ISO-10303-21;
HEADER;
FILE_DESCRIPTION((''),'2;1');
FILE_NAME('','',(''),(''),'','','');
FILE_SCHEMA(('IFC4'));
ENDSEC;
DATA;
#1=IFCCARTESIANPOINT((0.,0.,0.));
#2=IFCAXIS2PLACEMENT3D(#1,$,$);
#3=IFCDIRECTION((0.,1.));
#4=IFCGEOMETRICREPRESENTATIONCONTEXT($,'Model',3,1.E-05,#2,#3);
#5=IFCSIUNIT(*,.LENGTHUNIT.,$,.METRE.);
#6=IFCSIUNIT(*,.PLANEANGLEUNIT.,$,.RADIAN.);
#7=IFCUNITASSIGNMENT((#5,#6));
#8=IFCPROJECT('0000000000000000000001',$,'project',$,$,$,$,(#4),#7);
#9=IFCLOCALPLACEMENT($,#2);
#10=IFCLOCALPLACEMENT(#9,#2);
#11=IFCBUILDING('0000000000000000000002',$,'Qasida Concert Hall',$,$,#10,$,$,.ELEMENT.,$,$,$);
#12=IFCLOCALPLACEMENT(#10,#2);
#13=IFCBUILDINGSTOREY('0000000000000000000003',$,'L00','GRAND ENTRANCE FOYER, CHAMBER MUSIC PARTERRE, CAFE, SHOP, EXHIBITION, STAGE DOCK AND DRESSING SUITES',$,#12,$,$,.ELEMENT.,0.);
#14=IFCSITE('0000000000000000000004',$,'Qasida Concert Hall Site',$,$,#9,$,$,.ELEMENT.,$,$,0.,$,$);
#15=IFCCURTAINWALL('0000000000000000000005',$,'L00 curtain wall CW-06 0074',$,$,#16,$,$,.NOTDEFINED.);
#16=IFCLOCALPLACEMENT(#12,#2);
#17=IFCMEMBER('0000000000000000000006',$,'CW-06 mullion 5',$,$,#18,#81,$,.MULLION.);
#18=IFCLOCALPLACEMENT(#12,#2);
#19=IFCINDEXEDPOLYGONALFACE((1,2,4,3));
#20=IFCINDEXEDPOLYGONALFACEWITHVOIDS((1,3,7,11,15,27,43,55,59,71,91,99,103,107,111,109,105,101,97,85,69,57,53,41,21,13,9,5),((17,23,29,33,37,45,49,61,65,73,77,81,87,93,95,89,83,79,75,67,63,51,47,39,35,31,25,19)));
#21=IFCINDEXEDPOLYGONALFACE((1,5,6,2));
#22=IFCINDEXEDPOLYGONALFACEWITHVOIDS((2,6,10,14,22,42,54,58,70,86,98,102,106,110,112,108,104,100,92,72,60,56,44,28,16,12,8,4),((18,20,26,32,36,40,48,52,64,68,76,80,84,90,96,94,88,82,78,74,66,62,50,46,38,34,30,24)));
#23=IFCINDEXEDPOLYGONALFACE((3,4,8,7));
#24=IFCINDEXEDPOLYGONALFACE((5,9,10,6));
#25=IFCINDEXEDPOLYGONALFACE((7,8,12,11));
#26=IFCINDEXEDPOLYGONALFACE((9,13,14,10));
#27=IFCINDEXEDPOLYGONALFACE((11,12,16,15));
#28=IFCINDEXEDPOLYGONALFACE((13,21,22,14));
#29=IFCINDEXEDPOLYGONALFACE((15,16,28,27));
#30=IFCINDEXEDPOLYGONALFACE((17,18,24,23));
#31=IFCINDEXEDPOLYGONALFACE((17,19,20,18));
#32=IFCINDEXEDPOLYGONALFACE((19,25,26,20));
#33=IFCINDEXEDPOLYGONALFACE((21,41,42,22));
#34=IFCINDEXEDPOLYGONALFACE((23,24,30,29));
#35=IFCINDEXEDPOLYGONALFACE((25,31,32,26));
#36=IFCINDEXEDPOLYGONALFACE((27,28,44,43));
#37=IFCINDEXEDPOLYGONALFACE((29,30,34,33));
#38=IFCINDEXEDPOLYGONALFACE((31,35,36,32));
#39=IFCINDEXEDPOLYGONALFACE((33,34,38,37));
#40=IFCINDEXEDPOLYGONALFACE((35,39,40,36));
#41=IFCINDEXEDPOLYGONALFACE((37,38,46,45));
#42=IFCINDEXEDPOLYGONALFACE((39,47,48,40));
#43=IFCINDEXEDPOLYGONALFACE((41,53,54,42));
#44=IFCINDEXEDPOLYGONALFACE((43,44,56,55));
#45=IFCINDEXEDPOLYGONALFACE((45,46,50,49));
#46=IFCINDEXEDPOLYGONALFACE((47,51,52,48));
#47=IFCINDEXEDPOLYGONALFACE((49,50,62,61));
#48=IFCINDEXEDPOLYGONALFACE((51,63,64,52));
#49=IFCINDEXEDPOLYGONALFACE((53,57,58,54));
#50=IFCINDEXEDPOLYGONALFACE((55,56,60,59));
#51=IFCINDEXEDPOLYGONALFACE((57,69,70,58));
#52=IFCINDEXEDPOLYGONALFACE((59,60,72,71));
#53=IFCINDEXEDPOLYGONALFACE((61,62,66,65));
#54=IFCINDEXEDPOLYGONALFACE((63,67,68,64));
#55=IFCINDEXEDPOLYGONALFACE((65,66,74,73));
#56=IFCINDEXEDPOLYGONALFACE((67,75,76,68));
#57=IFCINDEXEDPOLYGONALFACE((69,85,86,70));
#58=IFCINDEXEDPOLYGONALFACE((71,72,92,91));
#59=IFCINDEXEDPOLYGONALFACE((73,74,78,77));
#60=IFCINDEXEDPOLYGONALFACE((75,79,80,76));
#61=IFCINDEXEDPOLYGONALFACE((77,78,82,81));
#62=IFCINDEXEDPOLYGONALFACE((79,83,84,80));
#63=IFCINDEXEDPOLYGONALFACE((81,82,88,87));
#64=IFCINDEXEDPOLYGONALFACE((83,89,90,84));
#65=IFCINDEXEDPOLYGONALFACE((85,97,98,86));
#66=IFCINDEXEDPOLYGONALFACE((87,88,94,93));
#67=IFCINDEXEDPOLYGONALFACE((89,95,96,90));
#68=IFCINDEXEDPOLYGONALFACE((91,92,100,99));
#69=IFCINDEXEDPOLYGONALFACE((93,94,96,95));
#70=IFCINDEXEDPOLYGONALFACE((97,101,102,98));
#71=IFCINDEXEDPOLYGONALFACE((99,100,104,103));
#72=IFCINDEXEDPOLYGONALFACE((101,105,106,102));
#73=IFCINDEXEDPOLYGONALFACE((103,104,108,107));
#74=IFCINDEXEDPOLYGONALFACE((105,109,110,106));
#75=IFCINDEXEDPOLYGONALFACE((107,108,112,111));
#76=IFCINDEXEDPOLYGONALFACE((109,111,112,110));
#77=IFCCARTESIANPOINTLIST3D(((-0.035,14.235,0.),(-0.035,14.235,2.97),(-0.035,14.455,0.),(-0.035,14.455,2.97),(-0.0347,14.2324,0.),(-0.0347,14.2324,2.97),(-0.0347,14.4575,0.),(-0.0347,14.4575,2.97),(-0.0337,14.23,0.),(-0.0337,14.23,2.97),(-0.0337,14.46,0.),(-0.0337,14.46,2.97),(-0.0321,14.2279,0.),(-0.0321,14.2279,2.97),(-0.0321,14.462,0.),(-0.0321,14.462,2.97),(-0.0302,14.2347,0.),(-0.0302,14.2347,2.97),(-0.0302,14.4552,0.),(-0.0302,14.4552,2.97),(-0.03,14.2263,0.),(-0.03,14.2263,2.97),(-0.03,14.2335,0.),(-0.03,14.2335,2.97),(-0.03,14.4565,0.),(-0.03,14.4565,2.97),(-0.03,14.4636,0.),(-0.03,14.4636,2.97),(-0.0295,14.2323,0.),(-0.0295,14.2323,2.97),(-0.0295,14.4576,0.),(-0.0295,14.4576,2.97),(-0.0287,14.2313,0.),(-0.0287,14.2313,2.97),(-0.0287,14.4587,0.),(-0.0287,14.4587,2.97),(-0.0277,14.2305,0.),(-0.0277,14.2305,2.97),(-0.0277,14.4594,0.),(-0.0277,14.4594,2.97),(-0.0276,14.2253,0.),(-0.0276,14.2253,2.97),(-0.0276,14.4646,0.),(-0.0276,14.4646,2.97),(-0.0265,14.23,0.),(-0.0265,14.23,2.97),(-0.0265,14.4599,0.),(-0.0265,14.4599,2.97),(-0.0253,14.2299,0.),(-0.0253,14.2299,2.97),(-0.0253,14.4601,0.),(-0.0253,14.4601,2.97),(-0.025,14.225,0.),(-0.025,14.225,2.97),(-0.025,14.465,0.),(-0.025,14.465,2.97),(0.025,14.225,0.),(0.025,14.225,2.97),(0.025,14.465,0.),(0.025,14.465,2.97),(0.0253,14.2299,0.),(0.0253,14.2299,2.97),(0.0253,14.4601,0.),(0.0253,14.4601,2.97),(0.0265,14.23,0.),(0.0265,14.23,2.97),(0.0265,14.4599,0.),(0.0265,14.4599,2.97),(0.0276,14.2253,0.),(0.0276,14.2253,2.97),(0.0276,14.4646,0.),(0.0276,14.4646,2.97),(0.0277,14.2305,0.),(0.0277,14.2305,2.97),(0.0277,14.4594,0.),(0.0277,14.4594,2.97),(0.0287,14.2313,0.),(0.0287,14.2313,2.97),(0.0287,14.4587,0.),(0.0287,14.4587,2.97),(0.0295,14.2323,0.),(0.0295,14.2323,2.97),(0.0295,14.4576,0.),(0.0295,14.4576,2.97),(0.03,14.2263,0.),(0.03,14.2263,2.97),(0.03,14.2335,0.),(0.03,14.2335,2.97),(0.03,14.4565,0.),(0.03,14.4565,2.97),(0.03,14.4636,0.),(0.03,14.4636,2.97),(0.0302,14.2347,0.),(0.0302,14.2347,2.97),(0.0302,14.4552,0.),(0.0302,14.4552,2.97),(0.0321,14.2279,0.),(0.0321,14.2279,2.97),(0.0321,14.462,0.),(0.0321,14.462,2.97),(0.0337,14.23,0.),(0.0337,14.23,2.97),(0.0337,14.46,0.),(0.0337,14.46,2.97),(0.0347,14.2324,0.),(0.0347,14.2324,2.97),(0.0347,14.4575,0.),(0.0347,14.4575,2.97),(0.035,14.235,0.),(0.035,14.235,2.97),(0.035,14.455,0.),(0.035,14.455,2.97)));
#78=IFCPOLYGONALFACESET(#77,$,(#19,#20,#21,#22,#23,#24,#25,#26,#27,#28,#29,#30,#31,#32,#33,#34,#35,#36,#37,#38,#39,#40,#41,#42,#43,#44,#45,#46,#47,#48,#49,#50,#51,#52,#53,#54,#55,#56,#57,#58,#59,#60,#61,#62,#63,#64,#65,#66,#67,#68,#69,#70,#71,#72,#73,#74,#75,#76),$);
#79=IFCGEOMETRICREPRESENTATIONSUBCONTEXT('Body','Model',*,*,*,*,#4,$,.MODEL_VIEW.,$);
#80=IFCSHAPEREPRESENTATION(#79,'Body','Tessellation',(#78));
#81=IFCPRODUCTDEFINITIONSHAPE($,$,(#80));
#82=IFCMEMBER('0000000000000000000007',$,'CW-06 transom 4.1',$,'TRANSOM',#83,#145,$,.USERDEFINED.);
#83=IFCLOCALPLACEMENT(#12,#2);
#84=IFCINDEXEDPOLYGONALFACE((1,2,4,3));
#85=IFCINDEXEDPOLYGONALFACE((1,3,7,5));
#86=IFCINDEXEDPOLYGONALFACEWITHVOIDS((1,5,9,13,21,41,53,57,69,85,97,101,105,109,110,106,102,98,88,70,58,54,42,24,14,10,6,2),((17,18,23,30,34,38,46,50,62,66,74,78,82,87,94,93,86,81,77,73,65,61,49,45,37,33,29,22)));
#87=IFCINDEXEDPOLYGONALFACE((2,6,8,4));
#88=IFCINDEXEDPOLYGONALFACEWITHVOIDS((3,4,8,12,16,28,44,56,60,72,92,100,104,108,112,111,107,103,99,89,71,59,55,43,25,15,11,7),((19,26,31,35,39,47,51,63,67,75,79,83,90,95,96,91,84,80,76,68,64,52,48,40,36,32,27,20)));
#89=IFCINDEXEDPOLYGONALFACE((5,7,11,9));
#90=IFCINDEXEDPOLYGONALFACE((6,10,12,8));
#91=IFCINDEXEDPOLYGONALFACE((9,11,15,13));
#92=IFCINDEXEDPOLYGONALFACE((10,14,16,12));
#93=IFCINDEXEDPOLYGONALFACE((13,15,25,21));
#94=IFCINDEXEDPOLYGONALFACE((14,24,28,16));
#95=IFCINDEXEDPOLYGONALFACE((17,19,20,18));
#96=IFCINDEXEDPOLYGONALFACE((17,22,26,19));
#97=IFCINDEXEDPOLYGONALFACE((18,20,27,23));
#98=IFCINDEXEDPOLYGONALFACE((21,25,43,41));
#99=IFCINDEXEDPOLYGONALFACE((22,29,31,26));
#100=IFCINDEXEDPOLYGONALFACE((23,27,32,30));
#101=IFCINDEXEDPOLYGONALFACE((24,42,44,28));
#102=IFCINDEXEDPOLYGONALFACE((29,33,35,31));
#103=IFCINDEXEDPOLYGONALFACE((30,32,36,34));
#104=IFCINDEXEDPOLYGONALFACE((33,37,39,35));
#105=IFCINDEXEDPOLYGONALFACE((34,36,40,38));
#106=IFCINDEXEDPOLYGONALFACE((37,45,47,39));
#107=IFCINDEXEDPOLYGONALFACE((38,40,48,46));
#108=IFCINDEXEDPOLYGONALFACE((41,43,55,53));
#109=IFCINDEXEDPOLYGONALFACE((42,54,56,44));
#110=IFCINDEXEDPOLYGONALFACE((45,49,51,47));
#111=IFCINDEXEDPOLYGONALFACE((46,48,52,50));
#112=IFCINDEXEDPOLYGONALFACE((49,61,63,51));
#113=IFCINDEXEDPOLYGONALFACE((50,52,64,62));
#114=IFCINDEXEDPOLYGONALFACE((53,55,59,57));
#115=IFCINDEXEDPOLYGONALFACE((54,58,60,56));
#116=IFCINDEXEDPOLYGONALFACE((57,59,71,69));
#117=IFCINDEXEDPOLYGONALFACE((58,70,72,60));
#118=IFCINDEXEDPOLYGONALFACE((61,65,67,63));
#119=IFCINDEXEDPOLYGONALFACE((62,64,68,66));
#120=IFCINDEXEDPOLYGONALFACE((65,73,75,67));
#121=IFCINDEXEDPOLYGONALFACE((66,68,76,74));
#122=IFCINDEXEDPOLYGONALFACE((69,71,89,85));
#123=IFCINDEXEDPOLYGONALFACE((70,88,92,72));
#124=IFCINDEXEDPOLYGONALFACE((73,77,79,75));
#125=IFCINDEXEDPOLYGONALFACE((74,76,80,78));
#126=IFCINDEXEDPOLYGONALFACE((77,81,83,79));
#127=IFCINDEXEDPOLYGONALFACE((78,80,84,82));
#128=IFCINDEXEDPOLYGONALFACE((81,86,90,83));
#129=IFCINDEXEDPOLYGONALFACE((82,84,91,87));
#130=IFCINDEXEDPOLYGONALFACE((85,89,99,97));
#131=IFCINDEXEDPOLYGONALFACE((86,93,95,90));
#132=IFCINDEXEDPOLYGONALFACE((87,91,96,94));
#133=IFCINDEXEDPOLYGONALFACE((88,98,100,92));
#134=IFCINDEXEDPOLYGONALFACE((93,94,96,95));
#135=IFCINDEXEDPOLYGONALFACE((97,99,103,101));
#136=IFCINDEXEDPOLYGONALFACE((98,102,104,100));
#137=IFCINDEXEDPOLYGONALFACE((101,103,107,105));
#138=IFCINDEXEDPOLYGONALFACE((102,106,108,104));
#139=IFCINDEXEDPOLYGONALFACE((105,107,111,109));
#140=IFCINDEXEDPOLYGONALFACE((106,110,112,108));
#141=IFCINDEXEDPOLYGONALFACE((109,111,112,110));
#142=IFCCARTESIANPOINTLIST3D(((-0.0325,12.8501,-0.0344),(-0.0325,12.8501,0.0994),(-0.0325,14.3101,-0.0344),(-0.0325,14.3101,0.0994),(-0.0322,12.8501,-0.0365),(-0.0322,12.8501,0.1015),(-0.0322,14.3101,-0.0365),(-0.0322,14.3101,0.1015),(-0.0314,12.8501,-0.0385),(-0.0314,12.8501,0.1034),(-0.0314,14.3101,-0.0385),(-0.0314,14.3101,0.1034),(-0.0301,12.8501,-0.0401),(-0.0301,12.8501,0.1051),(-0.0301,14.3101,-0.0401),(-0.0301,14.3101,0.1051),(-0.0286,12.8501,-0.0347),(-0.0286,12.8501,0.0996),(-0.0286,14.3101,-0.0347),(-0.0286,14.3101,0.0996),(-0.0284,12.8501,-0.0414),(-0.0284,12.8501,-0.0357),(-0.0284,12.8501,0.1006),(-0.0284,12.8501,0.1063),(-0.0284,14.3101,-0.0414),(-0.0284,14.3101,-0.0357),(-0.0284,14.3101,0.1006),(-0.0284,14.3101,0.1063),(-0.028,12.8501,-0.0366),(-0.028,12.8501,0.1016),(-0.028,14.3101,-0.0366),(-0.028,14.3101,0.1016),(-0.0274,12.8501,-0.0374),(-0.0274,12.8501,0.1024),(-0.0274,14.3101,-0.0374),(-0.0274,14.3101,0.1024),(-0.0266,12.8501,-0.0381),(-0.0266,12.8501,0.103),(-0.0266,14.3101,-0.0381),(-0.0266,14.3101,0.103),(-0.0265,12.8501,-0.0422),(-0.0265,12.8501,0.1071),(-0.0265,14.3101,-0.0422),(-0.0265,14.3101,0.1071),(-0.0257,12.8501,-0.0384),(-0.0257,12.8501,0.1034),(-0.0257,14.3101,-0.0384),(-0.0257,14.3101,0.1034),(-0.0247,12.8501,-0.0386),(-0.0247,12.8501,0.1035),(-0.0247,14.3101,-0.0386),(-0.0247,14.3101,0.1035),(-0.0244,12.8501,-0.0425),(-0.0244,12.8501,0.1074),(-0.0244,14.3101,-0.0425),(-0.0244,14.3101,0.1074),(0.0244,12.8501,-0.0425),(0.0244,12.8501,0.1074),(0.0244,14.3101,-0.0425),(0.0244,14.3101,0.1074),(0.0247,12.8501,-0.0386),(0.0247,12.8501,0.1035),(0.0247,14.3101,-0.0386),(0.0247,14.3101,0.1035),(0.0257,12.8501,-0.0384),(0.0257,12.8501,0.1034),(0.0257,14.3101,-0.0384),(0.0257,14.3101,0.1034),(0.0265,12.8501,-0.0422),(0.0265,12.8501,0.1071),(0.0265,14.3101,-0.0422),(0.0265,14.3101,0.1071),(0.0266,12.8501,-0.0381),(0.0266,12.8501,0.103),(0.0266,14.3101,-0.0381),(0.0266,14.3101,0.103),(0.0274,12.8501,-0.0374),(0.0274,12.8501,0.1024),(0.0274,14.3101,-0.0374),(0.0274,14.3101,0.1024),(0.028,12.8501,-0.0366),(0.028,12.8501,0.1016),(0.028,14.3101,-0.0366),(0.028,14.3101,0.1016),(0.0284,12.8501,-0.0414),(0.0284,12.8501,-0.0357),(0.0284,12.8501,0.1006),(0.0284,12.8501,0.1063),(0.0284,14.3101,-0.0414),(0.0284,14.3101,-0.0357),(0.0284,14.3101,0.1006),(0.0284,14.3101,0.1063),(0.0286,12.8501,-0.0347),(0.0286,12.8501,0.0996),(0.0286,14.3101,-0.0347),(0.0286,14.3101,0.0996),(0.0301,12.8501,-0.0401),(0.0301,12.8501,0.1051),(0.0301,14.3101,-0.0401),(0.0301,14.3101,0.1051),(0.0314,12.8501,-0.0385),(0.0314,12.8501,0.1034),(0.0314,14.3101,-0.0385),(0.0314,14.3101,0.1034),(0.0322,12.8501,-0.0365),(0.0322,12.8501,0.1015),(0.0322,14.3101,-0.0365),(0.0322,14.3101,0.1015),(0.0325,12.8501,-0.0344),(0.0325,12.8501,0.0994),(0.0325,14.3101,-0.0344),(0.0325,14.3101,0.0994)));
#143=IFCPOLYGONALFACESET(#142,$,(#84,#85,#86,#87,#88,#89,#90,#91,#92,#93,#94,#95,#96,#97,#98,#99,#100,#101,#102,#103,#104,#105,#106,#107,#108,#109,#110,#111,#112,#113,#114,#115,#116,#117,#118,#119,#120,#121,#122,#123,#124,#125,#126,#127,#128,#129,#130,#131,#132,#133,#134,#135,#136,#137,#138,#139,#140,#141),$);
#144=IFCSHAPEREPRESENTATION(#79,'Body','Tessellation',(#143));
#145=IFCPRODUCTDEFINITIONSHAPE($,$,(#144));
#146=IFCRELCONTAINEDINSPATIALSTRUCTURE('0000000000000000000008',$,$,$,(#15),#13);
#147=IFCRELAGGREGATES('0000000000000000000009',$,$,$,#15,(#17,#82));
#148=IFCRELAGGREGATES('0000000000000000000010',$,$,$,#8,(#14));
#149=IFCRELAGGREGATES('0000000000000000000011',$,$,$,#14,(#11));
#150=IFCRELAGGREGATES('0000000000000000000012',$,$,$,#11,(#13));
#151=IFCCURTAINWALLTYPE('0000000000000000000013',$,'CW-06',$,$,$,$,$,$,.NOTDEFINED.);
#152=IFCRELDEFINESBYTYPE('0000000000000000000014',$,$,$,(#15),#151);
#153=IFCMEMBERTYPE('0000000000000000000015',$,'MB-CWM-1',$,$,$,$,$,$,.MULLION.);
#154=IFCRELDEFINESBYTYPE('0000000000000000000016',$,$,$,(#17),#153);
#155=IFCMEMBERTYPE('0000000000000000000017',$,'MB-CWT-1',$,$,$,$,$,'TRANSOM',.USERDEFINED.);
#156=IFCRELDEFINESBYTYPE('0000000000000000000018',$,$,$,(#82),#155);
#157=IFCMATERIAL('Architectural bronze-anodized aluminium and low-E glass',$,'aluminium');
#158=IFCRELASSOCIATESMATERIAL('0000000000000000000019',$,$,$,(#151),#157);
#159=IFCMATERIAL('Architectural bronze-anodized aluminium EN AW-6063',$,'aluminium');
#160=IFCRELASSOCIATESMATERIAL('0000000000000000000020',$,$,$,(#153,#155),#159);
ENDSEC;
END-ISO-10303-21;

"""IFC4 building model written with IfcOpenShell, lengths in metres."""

from ifc_helpers import new_model, si_unit, direction, frame, origin, origin_2d, place, context, subcontext, project, spatial, hollow_rectangle, extrude, material, material_profile, profile_set, type_object, element, aggregate, save


model = new_model("IFC4")

# Units and contexts
model_context = context("Model", 3, precision=1e-05, world=origin(), true_north=direction((0.0, 1.0)))
body_context = subcontext(model_context, "Body", "Model", "MODEL_VIEW")
ifc_project = project(units=[si_unit("LENGTHUNIT", "METRE"), si_unit("PLANEANGLEUNIT", "RADIAN")], contexts=[model_context])

# Site, building, storey
site_placement = place(None, origin())
site = spatial("IfcSite", under=ifc_project, at=site_placement, Name="Qasida Concert Hall Site", CompositionType="ELEMENT", RefElevation=0.0)
building_placement = place(site_placement, origin())
building = spatial("IfcBuilding", under=site, at=building_placement, Name="Qasida Concert Hall", CompositionType="ELEMENT")
storey_placement = place(building_placement, origin())
storey = spatial("IfcBuildingStorey", under=building, at=storey_placement, Name="L00", Description="GRAND ENTRANCE FOYER, CHAMBER MUSIC PARTERRE, CAFE, SHOP, EXHIBITION, STAGE DOCK AND DRESSING SUITES", CompositionType="ELEMENT", Elevation=0.0)

# Curtain wall, members
ifc_material_1 = material(Name="Architectural bronze-anodized aluminium and low-E glass", Category="aluminium")
curtain_wall_type = type_object("IfcCurtainWallType", Name="CW-06", PredefinedType="NOTDEFINED", material=ifc_material_1)
curtain_wall_placement = place(storey_placement, origin())
curtain_wall = element("IfcCurtainWall", 1, at=curtain_wall_placement, inside=storey, type_object=curtain_wall_type, Name="L00 curtain wall CW-06 0074", PredefinedType="NOTDEFINED")
ifc_material_2 = material(Name="Architectural bronze-anodized aluminium EN AW-6063", Category="aluminium")
ifc_material_profile_1 = material_profile(ifc_material_2, hollow_rectangle(XDim=0.0701, YDim=0.24, WallThickness=0.0049, InnerFilletRadius=0.0049, OuterFilletRadius=0.01, at=origin_2d()), Name="CWM 240x70x5")
ifc_profile_set_1 = profile_set([ifc_material_profile_1], Name="Architectural bronze-anodized aluminium EN AW-6063")
member_type_1 = type_object("IfcMemberType", Name="MB-CWM-1", PredefinedType="MULLION", material=ifc_profile_set_1)
member_1_placement = place(storey_placement, frame((0.0, 14.345, 0.0), z_axis=(0.0, 0.0, 1.0), x_axis=(-1.0, 0.0, 0.0)))
member_1 = element("IfcMember", 2, at=member_1_placement, type_object=member_type_1, Name="CW-06 mullion 5", PredefinedType="MULLION", context=body_context, shape_type="SweptSolid", body=[
    extrude(hollow_rectangle(XDim=0.0701, YDim=0.24, WallThickness=0.0049, InnerFilletRadius=0.0049, OuterFilletRadius=0.01, at=origin_2d()), origin(), (0.0, 0.0, 1.0), 2.97),
])
ifc_material_profile_2 = material_profile(ifc_material_2, hollow_rectangle(XDim=0.0649, YDim=0.1499, WallThickness=0.0039, InnerFilletRadius=0.0039, OuterFilletRadius=0.0081, at=origin_2d()), Name="CWT 150x65x4")
ifc_profile_set_2 = profile_set([ifc_material_profile_2], Name="Architectural bronze-anodized aluminium EN AW-6063")
member_type_2 = type_object("IfcMemberType", Name="MB-CWT-1", ElementType="TRANSOM", PredefinedType="USERDEFINED", material=ifc_profile_set_2)
member_2_placement = place(storey_placement, frame((0.0, 12.8501, 0.0325), z_axis=(0.0, 1.0, 0.0), x_axis=(-1.0, 0.0, 0.0)))
member_2 = element("IfcMember", 3, at=member_2_placement, type_object=member_type_2, Name="CW-06 transom 4.1", ObjectType="TRANSOM", PredefinedType="USERDEFINED", context=body_context, shape_type="SweptSolid", body=[
    extrude(hollow_rectangle(XDim=0.0649, YDim=0.1499, WallThickness=0.0039, InnerFilletRadius=0.0039, OuterFilletRadius=0.0081, at=origin_2d()), origin(), (0.0, 0.0, 1.0), 1.46),
])
aggregate(curtain_wall, [member_1, member_2])

save(model, "model.ifc")
